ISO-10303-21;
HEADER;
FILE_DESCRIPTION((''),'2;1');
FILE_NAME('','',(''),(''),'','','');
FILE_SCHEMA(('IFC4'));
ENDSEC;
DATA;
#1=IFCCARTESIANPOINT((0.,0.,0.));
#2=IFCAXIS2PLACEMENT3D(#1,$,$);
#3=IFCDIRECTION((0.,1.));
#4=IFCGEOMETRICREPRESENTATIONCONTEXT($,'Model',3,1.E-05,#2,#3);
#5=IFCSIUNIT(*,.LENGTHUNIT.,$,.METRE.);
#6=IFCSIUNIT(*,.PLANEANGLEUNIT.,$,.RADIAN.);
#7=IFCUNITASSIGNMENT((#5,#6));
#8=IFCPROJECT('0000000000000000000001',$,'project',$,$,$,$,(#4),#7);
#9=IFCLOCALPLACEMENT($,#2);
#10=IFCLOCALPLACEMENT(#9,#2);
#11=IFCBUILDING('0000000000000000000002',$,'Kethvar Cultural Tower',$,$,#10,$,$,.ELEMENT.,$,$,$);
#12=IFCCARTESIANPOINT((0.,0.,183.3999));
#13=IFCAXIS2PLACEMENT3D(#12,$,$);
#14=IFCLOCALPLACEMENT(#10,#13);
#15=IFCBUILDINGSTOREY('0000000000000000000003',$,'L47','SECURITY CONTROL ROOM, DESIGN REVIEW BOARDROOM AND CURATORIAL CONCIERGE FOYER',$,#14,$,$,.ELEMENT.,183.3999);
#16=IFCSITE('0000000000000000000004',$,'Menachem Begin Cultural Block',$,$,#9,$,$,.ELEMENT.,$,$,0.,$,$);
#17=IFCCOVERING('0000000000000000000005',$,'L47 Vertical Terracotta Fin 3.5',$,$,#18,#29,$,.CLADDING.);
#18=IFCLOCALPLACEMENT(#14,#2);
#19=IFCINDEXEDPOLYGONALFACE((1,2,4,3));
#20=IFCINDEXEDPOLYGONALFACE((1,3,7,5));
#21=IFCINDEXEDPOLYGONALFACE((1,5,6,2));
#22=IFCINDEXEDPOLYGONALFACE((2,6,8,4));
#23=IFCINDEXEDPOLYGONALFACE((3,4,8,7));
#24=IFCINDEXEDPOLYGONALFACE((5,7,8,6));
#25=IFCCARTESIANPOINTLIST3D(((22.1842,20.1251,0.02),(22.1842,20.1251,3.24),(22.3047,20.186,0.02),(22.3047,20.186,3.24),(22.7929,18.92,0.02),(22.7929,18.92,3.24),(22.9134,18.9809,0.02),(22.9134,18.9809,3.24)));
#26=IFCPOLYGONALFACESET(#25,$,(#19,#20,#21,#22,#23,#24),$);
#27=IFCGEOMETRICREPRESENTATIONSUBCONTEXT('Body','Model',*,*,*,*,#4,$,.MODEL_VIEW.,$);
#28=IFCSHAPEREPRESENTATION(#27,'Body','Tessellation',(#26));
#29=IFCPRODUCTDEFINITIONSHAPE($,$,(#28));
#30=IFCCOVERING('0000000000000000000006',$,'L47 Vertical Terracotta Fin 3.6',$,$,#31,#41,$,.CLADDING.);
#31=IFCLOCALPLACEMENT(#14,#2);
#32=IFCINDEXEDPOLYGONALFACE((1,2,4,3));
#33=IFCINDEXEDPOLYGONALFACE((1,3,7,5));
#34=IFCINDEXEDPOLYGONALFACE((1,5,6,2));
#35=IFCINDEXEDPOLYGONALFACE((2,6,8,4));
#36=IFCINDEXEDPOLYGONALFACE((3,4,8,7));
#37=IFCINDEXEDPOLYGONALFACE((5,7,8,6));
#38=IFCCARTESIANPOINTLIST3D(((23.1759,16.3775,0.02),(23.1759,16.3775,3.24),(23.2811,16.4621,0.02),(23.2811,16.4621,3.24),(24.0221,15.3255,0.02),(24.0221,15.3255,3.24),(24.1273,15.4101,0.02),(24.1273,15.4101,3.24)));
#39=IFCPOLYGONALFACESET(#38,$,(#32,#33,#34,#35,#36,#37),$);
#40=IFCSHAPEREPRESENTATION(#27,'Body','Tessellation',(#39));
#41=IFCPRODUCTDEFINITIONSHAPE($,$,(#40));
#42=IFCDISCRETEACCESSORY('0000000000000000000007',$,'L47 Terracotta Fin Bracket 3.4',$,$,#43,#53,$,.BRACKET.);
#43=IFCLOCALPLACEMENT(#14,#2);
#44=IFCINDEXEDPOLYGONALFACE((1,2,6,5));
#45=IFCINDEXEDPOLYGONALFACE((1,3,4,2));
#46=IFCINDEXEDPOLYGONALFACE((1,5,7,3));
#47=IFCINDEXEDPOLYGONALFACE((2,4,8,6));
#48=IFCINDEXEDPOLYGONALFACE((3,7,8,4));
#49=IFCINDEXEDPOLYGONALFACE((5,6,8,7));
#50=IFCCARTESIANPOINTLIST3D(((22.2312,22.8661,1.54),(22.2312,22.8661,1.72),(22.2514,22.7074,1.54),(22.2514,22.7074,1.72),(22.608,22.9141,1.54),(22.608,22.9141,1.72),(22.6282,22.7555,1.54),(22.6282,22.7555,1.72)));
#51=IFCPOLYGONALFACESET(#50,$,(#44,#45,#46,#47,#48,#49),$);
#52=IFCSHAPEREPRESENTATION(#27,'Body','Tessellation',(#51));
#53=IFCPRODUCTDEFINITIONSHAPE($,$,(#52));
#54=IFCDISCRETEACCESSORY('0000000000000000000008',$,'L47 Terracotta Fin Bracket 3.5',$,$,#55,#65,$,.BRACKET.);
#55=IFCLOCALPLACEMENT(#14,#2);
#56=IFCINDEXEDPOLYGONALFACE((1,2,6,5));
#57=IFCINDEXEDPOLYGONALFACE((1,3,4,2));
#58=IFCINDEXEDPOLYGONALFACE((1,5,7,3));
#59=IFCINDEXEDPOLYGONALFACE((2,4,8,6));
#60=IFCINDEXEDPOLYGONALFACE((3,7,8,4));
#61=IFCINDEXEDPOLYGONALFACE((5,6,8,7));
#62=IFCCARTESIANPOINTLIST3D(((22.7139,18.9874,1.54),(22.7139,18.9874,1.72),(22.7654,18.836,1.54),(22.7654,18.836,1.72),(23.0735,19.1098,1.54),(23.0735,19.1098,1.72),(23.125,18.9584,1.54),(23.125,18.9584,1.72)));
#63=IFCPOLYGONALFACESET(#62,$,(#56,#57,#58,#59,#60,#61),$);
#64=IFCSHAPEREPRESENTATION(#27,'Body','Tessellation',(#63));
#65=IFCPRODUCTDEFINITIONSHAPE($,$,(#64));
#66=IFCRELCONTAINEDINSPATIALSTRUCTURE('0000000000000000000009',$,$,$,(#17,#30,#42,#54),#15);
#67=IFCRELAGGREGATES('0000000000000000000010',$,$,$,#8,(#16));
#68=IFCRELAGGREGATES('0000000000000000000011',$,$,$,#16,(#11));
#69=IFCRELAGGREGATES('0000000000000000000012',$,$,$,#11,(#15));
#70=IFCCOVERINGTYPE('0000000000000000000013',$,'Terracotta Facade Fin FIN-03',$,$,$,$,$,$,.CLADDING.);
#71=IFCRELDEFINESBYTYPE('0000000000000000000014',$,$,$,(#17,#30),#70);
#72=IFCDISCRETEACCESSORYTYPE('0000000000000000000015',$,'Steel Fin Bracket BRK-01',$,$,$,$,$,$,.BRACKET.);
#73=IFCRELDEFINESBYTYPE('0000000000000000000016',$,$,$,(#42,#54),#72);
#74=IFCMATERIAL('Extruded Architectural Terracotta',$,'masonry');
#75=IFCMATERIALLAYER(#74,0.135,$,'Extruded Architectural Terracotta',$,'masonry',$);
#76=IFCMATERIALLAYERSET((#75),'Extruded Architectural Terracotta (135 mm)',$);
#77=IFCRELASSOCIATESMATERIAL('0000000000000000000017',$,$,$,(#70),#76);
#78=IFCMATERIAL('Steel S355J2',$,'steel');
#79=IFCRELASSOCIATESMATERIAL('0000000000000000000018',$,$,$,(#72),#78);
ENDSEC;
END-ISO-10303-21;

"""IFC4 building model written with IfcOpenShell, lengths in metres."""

from ifc_helpers import new_model, si_unit, direction, frame, origin, origin_2d, place, context, subcontext, project, spatial, rectangle, extrude, source, transform, mapped, material, layer, layer_set, type_object, element, save


model = new_model("IFC4")

# Units and contexts
model_context = context("Model", 3, precision=1e-05, world=origin(), true_north=direction((0.0, 1.0)))
body_context = subcontext(model_context, "Body", "Model", "MODEL_VIEW")
ifc_project = project(units=[si_unit("LENGTHUNIT", "METRE"), si_unit("PLANEANGLEUNIT", "RADIAN")], contexts=[model_context])

# Site, building, storey
site_placement = place(None, origin())
site = spatial("IfcSite", under=ifc_project, at=site_placement, Name="Menachem Begin Cultural Block", CompositionType="ELEMENT", RefElevation=0.0)
building_placement = place(site_placement, origin())
building = spatial("IfcBuilding", under=site, at=building_placement, Name="Kethvar Cultural Tower", CompositionType="ELEMENT")
storey_placement = place(building_placement, frame((0.0, 0.0, 183.3999)))
storey = spatial("IfcBuildingStorey", under=building, at=storey_placement, Name="L47", Description="SECURITY CONTROL ROOM, DESIGN REVIEW BOARDROOM AND CURATORIAL CONCIERGE FOYER", CompositionType="ELEMENT", Elevation=183.3999)

# Coverings
ifc_material_1 = material(Name="Extruded Architectural Terracotta", Category="masonry")
ifc_layer_1 = layer(ifc_material_1, 0.135, Name="Extruded Architectural Terracotta", Category="masonry")
ifc_layer_set_1 = layer_set([ifc_layer_1], Name="Extruded Architectural Terracotta (135 mm)")
covering_type_1 = type_object("IfcCoveringType", Name="Terracotta Facade Fin FIN-03", PredefinedType="CLADDING", material=ifc_layer_set_1)
shared_shape_1 = source(origin(), body_context, "Body", "SweptSolid", [
    extrude(rectangle(XDim=1.3501, YDim=0.135, at=origin_2d()), origin(), (0.0, 0.0, 1.0), 3.22),
])
for number, where, z_axis, x_axis, name in (
    (1, (22.5488, 19.553, 0.02), (0.0, 0.0, 1.0), (-0.450878, 0.892586, 0.0), "L47 Vertical Terracotta Fin 3.5"),
    (2, (23.6516, 15.8938, 0.02), (0.0, 0.0, 1.0), (-0.62674, 0.779229, 0.0), "L47 Vertical Terracotta Fin 3.6"),
):
    element("IfcCovering", number, at=place(storey_placement, frame(where, z_axis=z_axis, x_axis=x_axis)), inside=storey, type_object=covering_type_1, Name=name, PredefinedType="CLADDING", context=body_context, shape_type="MappedRepresentation", body=[
        mapped(shared_shape_1, transform((0.0, 0.0, 0.0), scale=1.0)),
    ])

# Discrete accessories
ifc_material_2 = material(Name="Steel S355J2", Category="steel")
discrete_accessory_type = type_object("IfcDiscreteAccessoryType", Name="Steel Fin Bracket BRK-01", PredefinedType="BRACKET", material=ifc_material_2)
shared_shape_2 = source(origin(), body_context, "Body", "SweptSolid", [
    extrude(rectangle(XDim=0.3799, YDim=0.1599, at=origin_2d()), origin(), (0.0, 0.0, 1.0), 0.1799),
])
for number, where, z_axis, x_axis, name in (
    (3, (22.4297, 22.8108, 1.54), (0.0, 0.0, 1.0), (-0.991961, -0.126545, 0.0), "L47 Terracotta Fin Bracket 3.4"),
    (4, (22.9194, 18.9729, 1.54), (0.0, 0.0, 1.0), (-0.946649, -0.322266, 0.0), "L47 Terracotta Fin Bracket 3.5"),
):
    element("IfcDiscreteAccessory", number, at=place(storey_placement, frame(where, z_axis=z_axis, x_axis=x_axis)), inside=storey, type_object=discrete_accessory_type, Name=name, PredefinedType="BRACKET", context=body_context, shape_type="MappedRepresentation", body=[
        mapped(shared_shape_2, transform((0.0, 0.0, 0.0), scale=1.0)),
    ])

save(model, "model.ifc")
